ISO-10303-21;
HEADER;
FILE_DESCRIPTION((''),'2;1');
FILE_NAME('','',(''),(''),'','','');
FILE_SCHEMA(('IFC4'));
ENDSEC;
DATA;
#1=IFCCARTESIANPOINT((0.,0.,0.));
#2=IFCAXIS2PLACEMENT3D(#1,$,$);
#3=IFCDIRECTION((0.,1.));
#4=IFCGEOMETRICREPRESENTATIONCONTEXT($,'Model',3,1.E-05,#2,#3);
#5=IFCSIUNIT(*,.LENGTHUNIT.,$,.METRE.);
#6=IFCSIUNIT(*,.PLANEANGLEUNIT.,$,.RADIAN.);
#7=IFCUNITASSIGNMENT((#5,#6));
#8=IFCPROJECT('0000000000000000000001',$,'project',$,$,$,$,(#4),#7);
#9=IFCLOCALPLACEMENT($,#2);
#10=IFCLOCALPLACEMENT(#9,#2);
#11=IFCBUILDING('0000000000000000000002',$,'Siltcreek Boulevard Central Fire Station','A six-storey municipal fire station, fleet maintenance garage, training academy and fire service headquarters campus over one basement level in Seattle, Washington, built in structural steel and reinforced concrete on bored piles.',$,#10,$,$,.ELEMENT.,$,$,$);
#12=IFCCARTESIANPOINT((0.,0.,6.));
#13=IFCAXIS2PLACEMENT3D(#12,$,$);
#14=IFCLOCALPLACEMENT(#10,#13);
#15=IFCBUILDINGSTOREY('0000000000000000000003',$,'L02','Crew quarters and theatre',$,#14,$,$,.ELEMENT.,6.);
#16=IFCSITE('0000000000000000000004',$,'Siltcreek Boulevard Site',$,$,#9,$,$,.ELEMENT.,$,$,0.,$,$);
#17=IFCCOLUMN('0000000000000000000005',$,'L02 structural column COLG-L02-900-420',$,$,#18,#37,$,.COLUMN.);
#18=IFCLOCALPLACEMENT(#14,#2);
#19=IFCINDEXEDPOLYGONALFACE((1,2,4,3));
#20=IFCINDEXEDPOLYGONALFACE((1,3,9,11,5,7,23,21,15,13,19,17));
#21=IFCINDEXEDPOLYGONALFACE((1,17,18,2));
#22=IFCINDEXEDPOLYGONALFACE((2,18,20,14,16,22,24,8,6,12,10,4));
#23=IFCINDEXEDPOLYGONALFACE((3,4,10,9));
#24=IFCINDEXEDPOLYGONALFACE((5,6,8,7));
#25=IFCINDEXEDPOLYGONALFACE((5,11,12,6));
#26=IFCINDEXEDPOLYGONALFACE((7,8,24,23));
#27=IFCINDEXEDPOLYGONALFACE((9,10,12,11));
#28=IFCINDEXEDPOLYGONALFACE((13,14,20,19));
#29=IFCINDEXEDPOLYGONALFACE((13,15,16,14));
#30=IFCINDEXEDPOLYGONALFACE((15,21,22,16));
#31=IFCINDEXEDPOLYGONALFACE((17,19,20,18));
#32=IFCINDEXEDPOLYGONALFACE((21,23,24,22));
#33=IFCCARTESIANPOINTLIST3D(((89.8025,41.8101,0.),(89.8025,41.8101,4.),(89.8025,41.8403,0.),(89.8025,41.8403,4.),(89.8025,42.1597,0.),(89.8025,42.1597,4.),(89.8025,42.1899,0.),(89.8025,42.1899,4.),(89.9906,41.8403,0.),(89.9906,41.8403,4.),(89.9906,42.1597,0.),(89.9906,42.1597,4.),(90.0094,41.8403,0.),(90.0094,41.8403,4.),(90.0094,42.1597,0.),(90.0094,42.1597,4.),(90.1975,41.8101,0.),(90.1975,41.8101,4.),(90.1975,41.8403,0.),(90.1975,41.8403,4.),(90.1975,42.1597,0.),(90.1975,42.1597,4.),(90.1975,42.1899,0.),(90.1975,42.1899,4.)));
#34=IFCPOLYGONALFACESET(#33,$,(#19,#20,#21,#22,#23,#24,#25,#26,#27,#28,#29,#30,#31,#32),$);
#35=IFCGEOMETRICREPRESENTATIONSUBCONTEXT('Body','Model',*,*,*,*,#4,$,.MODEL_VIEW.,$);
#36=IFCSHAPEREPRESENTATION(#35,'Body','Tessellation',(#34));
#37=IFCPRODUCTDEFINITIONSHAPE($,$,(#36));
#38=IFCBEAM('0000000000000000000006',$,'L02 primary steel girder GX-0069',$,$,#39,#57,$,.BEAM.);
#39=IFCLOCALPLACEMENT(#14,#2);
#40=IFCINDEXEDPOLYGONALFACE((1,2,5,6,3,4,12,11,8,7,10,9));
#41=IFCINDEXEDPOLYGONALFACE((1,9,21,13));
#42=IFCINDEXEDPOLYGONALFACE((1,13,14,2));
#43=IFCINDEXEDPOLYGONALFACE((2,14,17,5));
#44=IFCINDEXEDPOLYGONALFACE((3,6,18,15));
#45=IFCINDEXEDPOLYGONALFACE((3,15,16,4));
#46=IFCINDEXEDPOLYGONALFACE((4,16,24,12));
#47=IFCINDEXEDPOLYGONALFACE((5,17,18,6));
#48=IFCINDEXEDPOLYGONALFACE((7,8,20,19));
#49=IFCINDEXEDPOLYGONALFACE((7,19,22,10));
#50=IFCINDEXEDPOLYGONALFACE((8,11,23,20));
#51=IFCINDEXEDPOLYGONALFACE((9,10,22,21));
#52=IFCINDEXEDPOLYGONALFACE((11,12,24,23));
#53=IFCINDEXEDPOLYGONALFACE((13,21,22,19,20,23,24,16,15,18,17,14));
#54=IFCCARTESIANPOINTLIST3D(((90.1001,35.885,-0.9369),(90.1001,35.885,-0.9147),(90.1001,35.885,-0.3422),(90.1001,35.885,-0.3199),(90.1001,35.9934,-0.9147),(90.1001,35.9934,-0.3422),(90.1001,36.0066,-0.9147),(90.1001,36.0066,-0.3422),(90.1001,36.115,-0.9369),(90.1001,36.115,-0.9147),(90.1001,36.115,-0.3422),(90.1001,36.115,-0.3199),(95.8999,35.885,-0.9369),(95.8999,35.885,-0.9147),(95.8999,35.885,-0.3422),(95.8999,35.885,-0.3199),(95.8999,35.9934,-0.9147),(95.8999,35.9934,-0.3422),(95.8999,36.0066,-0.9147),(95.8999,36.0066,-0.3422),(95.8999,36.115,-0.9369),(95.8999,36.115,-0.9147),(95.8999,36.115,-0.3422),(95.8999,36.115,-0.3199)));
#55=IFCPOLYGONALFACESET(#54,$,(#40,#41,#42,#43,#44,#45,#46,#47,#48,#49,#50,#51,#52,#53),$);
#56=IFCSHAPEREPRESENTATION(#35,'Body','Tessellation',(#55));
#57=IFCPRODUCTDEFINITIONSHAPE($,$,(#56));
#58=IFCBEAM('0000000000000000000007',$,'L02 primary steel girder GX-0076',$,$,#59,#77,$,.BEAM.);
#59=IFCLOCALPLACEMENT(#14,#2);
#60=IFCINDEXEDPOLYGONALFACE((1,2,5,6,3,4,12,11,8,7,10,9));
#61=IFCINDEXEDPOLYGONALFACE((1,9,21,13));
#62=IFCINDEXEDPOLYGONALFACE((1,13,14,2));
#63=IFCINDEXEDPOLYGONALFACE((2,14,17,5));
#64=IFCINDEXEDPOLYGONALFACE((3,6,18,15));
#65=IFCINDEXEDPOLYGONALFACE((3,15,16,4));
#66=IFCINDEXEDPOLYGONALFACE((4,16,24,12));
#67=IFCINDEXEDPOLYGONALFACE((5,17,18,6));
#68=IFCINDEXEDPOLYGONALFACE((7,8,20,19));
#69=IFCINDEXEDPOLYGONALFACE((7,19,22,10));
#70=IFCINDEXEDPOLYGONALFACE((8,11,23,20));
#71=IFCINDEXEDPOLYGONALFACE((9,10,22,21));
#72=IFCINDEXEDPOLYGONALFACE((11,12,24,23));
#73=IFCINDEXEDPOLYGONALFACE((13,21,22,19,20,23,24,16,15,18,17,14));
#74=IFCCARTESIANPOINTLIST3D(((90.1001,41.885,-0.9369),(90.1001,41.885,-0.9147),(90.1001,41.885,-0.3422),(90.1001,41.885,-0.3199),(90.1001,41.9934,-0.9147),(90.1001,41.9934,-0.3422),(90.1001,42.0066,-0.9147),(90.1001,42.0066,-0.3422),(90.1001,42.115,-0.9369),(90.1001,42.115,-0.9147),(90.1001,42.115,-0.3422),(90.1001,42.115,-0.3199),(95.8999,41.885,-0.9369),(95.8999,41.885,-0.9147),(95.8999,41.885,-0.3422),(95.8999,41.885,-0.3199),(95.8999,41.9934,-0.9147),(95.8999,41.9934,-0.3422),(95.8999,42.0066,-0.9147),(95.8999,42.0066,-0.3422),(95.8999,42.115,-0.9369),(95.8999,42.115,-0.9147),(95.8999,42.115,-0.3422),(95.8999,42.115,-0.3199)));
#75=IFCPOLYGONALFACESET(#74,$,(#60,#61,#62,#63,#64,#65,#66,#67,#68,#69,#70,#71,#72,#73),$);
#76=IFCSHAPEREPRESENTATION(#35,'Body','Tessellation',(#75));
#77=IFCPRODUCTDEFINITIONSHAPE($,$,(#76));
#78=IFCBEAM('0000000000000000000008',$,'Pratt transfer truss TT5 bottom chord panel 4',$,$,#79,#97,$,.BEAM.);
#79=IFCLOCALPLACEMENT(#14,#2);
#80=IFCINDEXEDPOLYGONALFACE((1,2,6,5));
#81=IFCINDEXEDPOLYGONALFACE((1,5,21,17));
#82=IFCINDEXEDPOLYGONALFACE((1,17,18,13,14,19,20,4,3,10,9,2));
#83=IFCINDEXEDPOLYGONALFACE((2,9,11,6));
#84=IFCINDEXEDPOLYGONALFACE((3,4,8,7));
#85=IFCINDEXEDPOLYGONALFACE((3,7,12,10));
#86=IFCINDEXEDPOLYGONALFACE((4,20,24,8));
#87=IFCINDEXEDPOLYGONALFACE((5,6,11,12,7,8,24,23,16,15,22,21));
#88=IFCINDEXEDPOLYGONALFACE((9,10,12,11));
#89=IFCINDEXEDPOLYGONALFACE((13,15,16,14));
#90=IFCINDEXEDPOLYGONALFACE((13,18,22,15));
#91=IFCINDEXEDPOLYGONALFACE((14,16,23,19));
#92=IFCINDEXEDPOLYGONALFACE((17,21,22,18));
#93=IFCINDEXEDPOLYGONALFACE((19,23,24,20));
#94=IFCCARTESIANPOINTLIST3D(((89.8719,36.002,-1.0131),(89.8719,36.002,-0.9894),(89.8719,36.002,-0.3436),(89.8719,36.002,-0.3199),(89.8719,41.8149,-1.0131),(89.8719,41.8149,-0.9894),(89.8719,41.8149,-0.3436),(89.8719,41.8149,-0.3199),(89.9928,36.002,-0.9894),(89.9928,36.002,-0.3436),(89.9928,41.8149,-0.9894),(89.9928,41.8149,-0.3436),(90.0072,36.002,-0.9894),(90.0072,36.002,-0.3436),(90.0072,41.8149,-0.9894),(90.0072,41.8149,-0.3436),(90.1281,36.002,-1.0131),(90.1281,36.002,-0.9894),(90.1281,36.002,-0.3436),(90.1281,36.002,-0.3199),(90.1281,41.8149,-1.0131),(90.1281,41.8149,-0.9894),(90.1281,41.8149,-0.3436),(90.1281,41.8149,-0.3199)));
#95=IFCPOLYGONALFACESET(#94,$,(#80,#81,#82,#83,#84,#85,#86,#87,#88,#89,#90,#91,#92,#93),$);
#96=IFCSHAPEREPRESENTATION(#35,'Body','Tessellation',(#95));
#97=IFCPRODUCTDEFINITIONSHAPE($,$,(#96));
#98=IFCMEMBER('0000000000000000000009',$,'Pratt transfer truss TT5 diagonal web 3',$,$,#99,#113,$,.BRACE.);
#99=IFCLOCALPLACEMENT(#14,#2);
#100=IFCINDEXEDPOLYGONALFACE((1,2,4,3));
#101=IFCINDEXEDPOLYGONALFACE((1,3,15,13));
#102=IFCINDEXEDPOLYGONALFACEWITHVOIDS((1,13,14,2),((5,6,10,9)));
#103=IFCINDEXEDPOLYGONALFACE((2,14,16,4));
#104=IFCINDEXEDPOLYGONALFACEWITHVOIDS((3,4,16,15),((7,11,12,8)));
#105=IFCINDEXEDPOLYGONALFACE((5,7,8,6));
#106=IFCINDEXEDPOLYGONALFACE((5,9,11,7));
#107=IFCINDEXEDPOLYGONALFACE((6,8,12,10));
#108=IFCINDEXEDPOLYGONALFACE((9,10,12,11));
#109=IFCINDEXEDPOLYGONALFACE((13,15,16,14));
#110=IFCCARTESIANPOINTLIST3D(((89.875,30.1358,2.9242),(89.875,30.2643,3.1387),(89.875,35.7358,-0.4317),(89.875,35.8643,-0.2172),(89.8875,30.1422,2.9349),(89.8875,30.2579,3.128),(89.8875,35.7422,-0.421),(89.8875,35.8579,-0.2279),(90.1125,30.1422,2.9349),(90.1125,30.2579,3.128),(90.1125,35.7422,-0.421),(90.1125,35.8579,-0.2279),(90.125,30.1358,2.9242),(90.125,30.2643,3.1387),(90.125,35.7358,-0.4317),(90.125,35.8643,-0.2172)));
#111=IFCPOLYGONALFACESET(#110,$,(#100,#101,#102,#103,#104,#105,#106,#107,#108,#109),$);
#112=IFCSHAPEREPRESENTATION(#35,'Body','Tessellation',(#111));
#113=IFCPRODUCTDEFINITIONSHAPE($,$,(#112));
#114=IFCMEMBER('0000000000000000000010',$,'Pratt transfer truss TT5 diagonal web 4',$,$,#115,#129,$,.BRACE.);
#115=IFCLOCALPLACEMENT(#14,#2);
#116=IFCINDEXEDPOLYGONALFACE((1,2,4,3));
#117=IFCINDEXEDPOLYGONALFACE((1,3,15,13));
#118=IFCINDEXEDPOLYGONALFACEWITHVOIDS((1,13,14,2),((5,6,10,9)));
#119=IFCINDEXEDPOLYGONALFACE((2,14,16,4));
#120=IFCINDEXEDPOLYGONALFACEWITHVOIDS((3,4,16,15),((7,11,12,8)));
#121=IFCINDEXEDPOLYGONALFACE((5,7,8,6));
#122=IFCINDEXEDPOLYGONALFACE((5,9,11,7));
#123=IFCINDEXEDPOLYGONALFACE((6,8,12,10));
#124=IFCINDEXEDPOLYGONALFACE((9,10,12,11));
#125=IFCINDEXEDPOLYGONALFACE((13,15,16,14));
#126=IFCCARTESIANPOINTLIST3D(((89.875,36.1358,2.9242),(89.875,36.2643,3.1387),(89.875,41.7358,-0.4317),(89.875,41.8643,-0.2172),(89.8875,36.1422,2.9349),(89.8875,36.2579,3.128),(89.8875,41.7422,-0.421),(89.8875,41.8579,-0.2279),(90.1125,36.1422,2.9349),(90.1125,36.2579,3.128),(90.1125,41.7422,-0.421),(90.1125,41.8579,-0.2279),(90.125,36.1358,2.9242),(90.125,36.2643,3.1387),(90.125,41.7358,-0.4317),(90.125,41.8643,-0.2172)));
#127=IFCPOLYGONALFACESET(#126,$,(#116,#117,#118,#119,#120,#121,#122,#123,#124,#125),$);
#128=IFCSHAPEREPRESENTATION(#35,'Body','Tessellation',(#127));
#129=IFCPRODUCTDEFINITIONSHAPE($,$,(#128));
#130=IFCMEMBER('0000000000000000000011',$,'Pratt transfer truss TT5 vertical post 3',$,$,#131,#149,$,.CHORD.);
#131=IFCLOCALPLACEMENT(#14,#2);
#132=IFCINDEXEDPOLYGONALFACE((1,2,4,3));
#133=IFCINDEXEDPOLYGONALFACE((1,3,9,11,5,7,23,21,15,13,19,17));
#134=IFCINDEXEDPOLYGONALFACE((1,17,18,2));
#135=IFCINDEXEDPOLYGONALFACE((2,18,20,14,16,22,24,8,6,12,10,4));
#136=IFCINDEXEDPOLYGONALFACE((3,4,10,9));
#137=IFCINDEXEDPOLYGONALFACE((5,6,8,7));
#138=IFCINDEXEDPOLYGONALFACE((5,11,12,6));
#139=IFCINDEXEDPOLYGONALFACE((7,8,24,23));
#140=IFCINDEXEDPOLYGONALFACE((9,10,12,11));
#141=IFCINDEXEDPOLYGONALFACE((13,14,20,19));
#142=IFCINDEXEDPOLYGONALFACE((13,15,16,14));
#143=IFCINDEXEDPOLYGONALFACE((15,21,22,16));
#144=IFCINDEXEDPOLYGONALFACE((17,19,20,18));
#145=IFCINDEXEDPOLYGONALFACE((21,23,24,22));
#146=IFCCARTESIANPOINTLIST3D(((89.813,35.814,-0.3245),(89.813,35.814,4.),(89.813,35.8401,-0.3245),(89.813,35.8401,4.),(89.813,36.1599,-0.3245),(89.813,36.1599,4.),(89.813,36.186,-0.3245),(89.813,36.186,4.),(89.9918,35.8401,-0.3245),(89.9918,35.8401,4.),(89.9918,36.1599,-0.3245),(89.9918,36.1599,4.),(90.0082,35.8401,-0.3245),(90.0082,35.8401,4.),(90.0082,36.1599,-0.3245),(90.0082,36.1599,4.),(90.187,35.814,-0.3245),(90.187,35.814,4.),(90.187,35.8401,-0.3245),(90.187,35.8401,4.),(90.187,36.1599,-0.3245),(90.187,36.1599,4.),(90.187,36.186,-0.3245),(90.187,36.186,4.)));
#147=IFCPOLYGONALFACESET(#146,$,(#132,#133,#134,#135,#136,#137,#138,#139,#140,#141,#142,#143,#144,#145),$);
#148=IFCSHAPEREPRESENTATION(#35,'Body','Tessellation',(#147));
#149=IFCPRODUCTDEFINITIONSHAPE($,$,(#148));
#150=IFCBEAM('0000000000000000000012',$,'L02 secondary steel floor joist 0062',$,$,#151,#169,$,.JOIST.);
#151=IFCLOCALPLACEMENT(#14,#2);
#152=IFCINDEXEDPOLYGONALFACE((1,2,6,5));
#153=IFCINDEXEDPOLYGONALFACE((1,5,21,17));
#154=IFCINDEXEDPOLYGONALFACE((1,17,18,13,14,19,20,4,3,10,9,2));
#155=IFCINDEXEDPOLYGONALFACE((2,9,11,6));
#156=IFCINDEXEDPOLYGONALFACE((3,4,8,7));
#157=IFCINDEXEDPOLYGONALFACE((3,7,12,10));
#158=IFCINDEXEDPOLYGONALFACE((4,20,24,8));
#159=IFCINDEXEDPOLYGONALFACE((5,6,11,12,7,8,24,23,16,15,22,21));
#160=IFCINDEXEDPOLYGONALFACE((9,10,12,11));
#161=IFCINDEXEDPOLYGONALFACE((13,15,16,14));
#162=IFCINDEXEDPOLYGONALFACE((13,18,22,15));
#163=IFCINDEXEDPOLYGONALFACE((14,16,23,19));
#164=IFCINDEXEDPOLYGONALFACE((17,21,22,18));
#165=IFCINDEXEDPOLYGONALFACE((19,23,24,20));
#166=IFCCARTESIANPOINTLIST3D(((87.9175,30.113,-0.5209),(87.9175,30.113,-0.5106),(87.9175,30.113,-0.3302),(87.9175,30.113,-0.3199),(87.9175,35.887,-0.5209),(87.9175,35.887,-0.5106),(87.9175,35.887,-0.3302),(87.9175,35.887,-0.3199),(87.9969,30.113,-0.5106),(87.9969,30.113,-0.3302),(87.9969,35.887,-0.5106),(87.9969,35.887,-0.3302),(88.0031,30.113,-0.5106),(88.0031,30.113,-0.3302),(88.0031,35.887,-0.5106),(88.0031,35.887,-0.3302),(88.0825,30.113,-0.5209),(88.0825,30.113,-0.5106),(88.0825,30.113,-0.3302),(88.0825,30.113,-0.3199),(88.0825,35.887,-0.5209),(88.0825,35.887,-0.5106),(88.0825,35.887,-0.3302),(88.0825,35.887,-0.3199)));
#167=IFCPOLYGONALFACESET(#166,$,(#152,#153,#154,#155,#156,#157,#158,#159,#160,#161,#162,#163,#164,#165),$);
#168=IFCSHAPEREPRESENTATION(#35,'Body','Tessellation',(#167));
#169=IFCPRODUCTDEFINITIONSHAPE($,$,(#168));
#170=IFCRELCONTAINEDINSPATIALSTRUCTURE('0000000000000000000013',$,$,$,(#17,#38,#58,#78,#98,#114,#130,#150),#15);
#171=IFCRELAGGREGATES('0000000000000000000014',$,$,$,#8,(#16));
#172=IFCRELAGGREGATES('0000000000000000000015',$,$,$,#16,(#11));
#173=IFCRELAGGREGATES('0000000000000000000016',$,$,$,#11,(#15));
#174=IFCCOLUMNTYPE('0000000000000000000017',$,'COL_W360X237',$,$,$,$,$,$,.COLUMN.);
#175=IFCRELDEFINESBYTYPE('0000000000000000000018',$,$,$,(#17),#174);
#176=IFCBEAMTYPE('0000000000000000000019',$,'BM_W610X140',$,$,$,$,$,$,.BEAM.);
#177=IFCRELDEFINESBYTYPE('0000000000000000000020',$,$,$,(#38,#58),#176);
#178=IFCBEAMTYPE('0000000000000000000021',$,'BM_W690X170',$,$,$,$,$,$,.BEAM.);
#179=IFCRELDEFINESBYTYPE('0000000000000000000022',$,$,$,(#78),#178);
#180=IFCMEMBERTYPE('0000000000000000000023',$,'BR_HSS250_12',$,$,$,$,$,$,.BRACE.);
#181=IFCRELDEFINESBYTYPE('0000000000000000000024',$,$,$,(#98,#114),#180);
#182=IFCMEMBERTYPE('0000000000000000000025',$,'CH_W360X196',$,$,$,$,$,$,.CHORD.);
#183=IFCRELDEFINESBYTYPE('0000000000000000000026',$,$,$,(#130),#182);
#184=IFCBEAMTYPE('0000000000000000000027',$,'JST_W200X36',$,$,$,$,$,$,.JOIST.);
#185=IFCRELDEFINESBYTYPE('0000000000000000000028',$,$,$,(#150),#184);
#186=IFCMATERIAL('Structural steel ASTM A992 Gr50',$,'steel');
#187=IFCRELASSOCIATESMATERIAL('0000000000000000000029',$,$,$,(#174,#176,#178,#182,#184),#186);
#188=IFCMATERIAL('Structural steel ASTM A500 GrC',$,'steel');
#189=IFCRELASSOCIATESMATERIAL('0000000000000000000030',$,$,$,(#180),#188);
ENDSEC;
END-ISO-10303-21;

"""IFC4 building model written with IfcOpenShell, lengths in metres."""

from ifc_helpers import new_model, si_unit, direction, frame, origin, origin_2d, place, context, subcontext, project, spatial, hollow_rectangle, i_section, extrude, material, material_profile, profile_set, type_object, element, save


model = new_model("IFC4")

# Units and contexts
model_context = context("Model", 3, precision=1e-05, world=origin(), true_north=direction((0.0, 1.0)))
body_context = subcontext(model_context, "Body", "Model", "MODEL_VIEW")
ifc_project = project(units=[si_unit("LENGTHUNIT", "METRE"), si_unit("PLANEANGLEUNIT", "RADIAN")], contexts=[model_context])

# Site, building, storey
site_placement = place(None, origin())
site = spatial("IfcSite", under=ifc_project, at=site_placement, Name="Siltcreek Boulevard Site", CompositionType="ELEMENT", RefElevation=0.0)
building_placement = place(site_placement, origin())
building = spatial("IfcBuilding", under=site, at=building_placement, Name="Siltcreek Boulevard Central Fire Station", Description="A six-storey municipal fire station, fleet maintenance garage, training academy and fire service headquarters campus over one basement level in Seattle, Washington, built in structural steel and reinforced concrete on bored piles.", CompositionType="ELEMENT")
storey_placement = place(building_placement, frame((0.0, 0.0, 6.0)))
storey = spatial("IfcBuildingStorey", under=building, at=storey_placement, Name="L02", Description="Crew quarters and theatre", CompositionType="ELEMENT", Elevation=6.0)

# Column
ifc_material_1 = material(Name="Structural steel ASTM A992 Gr50", Category="steel")
ifc_material_profile_1 = material_profile(ifc_material_1, i_section(OverallWidth=0.395, OverallDepth=0.3799, WebThickness=0.0188, FlangeThickness=0.0303, at=origin_2d()), Name="W360X237")
ifc_profile_set_1 = profile_set([ifc_material_profile_1], Name="Structural steel ASTM A992 Gr50")
column_type = type_object("IfcColumnType", Name="COL_W360X237", PredefinedType="COLUMN", material=ifc_profile_set_1)
column_placement = place(storey_placement, frame((90.0, 42.0, 0.0), z_axis=(0.0, 0.0, 1.0), x_axis=(1.0, 0.0, 0.0)))
element("IfcColumn", 1, at=column_placement, inside=storey, type_object=column_type, Name="L02 structural column COLG-L02-900-420", PredefinedType="COLUMN", context=body_context, shape_type="SweptSolid", body=[
    extrude(i_section(OverallWidth=0.395, OverallDepth=0.3799, WebThickness=0.0188, FlangeThickness=0.0303, at=origin_2d()), origin(), (0.0, 0.0, 1.0), 4.0),
])

# Beams
ifc_material_profile_2 = material_profile(ifc_material_1, i_section(OverallWidth=0.23, OverallDepth=0.6169, WebThickness=0.0132, FlangeThickness=0.0222, at=origin_2d()), Name="W610X140")
ifc_profile_set_2 = profile_set([ifc_material_profile_2], Name="Structural steel ASTM A992 Gr50")
beam_type_1 = type_object("IfcBeamType", Name="BM_W610X140", PredefinedType="BEAM", material=ifc_profile_set_2)
for number, where, z_axis, x_axis, name in (
    (2, (90.1001, 36.0, -0.6284), (1.0, 0.0, 0.0), (0.0, 1.0, 0.0), "L02 primary steel girder GX-0069"),
    (3, (90.1001, 42.0, -0.6284), (1.0, 0.0, 0.0), (0.0, 1.0, 0.0), "L02 primary steel girder GX-0076"),
):
    element("IfcBeam", number, at=place(storey_placement, frame(where, z_axis=z_axis, x_axis=x_axis)), inside=storey, type_object=beam_type_1, Name=name, PredefinedType="BEAM", context=body_context, shape_type="SweptSolid", body=[
        extrude(i_section(OverallWidth=0.23, OverallDepth=0.6169, WebThickness=0.0132, FlangeThickness=0.0222, at=origin_2d()), origin(), (0.0, 0.0, 1.0), 5.7998),
    ])
ifc_material_profile_3 = material_profile(ifc_material_1, i_section(OverallWidth=0.2561, OverallDepth=0.6931, WebThickness=0.0144, FlangeThickness=0.0237, at=origin_2d()), Name="W690X170")
ifc_profile_set_3 = profile_set([ifc_material_profile_3], Name="Structural steel ASTM A992 Gr50")
beam_type_2 = type_object("IfcBeamType", Name="BM_W690X170", PredefinedType="BEAM", material=ifc_profile_set_3)
beam_1_placement = place(storey_placement, frame((90.0, 36.002, -0.6665), z_axis=(0.0, 1.0, 0.0), x_axis=(-1.0, 0.0, 0.0)))
element("IfcBeam", 4, at=beam_1_placement, inside=storey, type_object=beam_type_2, Name="Pratt transfer truss TT5 bottom chord panel 4", PredefinedType="BEAM", context=body_context, shape_type="SweptSolid", body=[
    extrude(i_section(OverallWidth=0.2561, OverallDepth=0.6931, WebThickness=0.0144, FlangeThickness=0.0237, at=origin_2d()), origin(), (0.0, 0.0, 1.0), 5.813),
])

# Members
ifc_material_2 = material(Name="Structural steel ASTM A500 GrC", Category="steel")
ifc_material_profile_4 = material_profile(ifc_material_2, hollow_rectangle(XDim=0.25, YDim=0.25, WallThickness=0.0125, at=origin_2d()), Name="HSS250X250X12.5")
ifc_profile_set_4 = profile_set([ifc_material_profile_4], Name="Structural steel ASTM A500 GrC")
member_type_1 = type_object("IfcMemberType", Name="BR_HSS250_12", PredefinedType="BRACE", material=ifc_profile_set_4)
for number, where, z_axis, x_axis, name in (
    (5, (90.0, 35.8, -0.3245), (0.0, -0.85777, 0.514034), (1.0, 0.0, 0.0), "Pratt transfer truss TT5 diagonal web 3"),
    (6, (90.0, 41.8, -0.3245), (0.0, -0.85777, 0.514034), (1.0, 0.0, 0.0), "Pratt transfer truss TT5 diagonal web 4"),
):
    element("IfcMember", number, at=place(storey_placement, frame(where, z_axis=z_axis, x_axis=x_axis)), inside=storey, type_object=member_type_1, Name=name, PredefinedType="BRACE", context=body_context, shape_type="SweptSolid", body=[
        extrude(hollow_rectangle(XDim=0.25, YDim=0.25, WallThickness=0.0125, at=origin_2d()), origin(), (0.0, 0.0, 1.0), 6.5286),
    ])
ifc_material_profile_5 = material_profile(ifc_material_1, i_section(OverallWidth=0.374, OverallDepth=0.3721, WebThickness=0.0164, FlangeThickness=0.0261, at=origin_2d()), Name="W360X196")
ifc_profile_set_5 = profile_set([ifc_material_profile_5], Name="Structural steel ASTM A992 Gr50")
member_type_2 = type_object("IfcMemberType", Name="CH_W360X196", PredefinedType="CHORD", material=ifc_profile_set_5)
member_placement = place(storey_placement, frame((90.0, 36.0, -0.3245), z_axis=(0.0, 0.0, 1.0), x_axis=(1.0, 0.0, 0.0)))
element("IfcMember", 7, at=member_placement, inside=storey, type_object=member_type_2, Name="Pratt transfer truss TT5 vertical post 3", PredefinedType="CHORD", context=body_context, shape_type="SweptSolid", body=[
    extrude(i_section(OverallWidth=0.374, OverallDepth=0.3721, WebThickness=0.0164, FlangeThickness=0.0261, at=origin_2d()), origin(), (0.0, 0.0, 1.0), 4.3245),
])

# Beam
ifc_material_profile_6 = material_profile(ifc_material_1, i_section(OverallWidth=0.165, OverallDepth=0.2009, WebThickness=0.0061, FlangeThickness=0.0103, at=origin_2d()), Name="W200X36")
ifc_profile_set_6 = profile_set([ifc_material_profile_6], Name="Structural steel ASTM A992 Gr50")
beam_type_3 = type_object("IfcBeamType", Name="JST_W200X36", PredefinedType="JOIST", material=ifc_profile_set_6)
beam_2_placement = place(storey_placement, frame((88.0, 30.113, -0.4204), z_axis=(0.0, 1.0, 0.0), x_axis=(-1.0, 0.0, 0.0)))
element("IfcBeam", 8, at=beam_2_placement, inside=storey, type_object=beam_type_3, Name="L02 secondary steel floor joist 0062", PredefinedType="JOIST", context=body_context, shape_type="SweptSolid", body=[
    extrude(i_section(OverallWidth=0.165, OverallDepth=0.2009, WebThickness=0.0061, FlangeThickness=0.0103, at=origin_2d()), origin(), (0.0, 0.0, 1.0), 5.7739),
])

save(model, "model.ifc")
